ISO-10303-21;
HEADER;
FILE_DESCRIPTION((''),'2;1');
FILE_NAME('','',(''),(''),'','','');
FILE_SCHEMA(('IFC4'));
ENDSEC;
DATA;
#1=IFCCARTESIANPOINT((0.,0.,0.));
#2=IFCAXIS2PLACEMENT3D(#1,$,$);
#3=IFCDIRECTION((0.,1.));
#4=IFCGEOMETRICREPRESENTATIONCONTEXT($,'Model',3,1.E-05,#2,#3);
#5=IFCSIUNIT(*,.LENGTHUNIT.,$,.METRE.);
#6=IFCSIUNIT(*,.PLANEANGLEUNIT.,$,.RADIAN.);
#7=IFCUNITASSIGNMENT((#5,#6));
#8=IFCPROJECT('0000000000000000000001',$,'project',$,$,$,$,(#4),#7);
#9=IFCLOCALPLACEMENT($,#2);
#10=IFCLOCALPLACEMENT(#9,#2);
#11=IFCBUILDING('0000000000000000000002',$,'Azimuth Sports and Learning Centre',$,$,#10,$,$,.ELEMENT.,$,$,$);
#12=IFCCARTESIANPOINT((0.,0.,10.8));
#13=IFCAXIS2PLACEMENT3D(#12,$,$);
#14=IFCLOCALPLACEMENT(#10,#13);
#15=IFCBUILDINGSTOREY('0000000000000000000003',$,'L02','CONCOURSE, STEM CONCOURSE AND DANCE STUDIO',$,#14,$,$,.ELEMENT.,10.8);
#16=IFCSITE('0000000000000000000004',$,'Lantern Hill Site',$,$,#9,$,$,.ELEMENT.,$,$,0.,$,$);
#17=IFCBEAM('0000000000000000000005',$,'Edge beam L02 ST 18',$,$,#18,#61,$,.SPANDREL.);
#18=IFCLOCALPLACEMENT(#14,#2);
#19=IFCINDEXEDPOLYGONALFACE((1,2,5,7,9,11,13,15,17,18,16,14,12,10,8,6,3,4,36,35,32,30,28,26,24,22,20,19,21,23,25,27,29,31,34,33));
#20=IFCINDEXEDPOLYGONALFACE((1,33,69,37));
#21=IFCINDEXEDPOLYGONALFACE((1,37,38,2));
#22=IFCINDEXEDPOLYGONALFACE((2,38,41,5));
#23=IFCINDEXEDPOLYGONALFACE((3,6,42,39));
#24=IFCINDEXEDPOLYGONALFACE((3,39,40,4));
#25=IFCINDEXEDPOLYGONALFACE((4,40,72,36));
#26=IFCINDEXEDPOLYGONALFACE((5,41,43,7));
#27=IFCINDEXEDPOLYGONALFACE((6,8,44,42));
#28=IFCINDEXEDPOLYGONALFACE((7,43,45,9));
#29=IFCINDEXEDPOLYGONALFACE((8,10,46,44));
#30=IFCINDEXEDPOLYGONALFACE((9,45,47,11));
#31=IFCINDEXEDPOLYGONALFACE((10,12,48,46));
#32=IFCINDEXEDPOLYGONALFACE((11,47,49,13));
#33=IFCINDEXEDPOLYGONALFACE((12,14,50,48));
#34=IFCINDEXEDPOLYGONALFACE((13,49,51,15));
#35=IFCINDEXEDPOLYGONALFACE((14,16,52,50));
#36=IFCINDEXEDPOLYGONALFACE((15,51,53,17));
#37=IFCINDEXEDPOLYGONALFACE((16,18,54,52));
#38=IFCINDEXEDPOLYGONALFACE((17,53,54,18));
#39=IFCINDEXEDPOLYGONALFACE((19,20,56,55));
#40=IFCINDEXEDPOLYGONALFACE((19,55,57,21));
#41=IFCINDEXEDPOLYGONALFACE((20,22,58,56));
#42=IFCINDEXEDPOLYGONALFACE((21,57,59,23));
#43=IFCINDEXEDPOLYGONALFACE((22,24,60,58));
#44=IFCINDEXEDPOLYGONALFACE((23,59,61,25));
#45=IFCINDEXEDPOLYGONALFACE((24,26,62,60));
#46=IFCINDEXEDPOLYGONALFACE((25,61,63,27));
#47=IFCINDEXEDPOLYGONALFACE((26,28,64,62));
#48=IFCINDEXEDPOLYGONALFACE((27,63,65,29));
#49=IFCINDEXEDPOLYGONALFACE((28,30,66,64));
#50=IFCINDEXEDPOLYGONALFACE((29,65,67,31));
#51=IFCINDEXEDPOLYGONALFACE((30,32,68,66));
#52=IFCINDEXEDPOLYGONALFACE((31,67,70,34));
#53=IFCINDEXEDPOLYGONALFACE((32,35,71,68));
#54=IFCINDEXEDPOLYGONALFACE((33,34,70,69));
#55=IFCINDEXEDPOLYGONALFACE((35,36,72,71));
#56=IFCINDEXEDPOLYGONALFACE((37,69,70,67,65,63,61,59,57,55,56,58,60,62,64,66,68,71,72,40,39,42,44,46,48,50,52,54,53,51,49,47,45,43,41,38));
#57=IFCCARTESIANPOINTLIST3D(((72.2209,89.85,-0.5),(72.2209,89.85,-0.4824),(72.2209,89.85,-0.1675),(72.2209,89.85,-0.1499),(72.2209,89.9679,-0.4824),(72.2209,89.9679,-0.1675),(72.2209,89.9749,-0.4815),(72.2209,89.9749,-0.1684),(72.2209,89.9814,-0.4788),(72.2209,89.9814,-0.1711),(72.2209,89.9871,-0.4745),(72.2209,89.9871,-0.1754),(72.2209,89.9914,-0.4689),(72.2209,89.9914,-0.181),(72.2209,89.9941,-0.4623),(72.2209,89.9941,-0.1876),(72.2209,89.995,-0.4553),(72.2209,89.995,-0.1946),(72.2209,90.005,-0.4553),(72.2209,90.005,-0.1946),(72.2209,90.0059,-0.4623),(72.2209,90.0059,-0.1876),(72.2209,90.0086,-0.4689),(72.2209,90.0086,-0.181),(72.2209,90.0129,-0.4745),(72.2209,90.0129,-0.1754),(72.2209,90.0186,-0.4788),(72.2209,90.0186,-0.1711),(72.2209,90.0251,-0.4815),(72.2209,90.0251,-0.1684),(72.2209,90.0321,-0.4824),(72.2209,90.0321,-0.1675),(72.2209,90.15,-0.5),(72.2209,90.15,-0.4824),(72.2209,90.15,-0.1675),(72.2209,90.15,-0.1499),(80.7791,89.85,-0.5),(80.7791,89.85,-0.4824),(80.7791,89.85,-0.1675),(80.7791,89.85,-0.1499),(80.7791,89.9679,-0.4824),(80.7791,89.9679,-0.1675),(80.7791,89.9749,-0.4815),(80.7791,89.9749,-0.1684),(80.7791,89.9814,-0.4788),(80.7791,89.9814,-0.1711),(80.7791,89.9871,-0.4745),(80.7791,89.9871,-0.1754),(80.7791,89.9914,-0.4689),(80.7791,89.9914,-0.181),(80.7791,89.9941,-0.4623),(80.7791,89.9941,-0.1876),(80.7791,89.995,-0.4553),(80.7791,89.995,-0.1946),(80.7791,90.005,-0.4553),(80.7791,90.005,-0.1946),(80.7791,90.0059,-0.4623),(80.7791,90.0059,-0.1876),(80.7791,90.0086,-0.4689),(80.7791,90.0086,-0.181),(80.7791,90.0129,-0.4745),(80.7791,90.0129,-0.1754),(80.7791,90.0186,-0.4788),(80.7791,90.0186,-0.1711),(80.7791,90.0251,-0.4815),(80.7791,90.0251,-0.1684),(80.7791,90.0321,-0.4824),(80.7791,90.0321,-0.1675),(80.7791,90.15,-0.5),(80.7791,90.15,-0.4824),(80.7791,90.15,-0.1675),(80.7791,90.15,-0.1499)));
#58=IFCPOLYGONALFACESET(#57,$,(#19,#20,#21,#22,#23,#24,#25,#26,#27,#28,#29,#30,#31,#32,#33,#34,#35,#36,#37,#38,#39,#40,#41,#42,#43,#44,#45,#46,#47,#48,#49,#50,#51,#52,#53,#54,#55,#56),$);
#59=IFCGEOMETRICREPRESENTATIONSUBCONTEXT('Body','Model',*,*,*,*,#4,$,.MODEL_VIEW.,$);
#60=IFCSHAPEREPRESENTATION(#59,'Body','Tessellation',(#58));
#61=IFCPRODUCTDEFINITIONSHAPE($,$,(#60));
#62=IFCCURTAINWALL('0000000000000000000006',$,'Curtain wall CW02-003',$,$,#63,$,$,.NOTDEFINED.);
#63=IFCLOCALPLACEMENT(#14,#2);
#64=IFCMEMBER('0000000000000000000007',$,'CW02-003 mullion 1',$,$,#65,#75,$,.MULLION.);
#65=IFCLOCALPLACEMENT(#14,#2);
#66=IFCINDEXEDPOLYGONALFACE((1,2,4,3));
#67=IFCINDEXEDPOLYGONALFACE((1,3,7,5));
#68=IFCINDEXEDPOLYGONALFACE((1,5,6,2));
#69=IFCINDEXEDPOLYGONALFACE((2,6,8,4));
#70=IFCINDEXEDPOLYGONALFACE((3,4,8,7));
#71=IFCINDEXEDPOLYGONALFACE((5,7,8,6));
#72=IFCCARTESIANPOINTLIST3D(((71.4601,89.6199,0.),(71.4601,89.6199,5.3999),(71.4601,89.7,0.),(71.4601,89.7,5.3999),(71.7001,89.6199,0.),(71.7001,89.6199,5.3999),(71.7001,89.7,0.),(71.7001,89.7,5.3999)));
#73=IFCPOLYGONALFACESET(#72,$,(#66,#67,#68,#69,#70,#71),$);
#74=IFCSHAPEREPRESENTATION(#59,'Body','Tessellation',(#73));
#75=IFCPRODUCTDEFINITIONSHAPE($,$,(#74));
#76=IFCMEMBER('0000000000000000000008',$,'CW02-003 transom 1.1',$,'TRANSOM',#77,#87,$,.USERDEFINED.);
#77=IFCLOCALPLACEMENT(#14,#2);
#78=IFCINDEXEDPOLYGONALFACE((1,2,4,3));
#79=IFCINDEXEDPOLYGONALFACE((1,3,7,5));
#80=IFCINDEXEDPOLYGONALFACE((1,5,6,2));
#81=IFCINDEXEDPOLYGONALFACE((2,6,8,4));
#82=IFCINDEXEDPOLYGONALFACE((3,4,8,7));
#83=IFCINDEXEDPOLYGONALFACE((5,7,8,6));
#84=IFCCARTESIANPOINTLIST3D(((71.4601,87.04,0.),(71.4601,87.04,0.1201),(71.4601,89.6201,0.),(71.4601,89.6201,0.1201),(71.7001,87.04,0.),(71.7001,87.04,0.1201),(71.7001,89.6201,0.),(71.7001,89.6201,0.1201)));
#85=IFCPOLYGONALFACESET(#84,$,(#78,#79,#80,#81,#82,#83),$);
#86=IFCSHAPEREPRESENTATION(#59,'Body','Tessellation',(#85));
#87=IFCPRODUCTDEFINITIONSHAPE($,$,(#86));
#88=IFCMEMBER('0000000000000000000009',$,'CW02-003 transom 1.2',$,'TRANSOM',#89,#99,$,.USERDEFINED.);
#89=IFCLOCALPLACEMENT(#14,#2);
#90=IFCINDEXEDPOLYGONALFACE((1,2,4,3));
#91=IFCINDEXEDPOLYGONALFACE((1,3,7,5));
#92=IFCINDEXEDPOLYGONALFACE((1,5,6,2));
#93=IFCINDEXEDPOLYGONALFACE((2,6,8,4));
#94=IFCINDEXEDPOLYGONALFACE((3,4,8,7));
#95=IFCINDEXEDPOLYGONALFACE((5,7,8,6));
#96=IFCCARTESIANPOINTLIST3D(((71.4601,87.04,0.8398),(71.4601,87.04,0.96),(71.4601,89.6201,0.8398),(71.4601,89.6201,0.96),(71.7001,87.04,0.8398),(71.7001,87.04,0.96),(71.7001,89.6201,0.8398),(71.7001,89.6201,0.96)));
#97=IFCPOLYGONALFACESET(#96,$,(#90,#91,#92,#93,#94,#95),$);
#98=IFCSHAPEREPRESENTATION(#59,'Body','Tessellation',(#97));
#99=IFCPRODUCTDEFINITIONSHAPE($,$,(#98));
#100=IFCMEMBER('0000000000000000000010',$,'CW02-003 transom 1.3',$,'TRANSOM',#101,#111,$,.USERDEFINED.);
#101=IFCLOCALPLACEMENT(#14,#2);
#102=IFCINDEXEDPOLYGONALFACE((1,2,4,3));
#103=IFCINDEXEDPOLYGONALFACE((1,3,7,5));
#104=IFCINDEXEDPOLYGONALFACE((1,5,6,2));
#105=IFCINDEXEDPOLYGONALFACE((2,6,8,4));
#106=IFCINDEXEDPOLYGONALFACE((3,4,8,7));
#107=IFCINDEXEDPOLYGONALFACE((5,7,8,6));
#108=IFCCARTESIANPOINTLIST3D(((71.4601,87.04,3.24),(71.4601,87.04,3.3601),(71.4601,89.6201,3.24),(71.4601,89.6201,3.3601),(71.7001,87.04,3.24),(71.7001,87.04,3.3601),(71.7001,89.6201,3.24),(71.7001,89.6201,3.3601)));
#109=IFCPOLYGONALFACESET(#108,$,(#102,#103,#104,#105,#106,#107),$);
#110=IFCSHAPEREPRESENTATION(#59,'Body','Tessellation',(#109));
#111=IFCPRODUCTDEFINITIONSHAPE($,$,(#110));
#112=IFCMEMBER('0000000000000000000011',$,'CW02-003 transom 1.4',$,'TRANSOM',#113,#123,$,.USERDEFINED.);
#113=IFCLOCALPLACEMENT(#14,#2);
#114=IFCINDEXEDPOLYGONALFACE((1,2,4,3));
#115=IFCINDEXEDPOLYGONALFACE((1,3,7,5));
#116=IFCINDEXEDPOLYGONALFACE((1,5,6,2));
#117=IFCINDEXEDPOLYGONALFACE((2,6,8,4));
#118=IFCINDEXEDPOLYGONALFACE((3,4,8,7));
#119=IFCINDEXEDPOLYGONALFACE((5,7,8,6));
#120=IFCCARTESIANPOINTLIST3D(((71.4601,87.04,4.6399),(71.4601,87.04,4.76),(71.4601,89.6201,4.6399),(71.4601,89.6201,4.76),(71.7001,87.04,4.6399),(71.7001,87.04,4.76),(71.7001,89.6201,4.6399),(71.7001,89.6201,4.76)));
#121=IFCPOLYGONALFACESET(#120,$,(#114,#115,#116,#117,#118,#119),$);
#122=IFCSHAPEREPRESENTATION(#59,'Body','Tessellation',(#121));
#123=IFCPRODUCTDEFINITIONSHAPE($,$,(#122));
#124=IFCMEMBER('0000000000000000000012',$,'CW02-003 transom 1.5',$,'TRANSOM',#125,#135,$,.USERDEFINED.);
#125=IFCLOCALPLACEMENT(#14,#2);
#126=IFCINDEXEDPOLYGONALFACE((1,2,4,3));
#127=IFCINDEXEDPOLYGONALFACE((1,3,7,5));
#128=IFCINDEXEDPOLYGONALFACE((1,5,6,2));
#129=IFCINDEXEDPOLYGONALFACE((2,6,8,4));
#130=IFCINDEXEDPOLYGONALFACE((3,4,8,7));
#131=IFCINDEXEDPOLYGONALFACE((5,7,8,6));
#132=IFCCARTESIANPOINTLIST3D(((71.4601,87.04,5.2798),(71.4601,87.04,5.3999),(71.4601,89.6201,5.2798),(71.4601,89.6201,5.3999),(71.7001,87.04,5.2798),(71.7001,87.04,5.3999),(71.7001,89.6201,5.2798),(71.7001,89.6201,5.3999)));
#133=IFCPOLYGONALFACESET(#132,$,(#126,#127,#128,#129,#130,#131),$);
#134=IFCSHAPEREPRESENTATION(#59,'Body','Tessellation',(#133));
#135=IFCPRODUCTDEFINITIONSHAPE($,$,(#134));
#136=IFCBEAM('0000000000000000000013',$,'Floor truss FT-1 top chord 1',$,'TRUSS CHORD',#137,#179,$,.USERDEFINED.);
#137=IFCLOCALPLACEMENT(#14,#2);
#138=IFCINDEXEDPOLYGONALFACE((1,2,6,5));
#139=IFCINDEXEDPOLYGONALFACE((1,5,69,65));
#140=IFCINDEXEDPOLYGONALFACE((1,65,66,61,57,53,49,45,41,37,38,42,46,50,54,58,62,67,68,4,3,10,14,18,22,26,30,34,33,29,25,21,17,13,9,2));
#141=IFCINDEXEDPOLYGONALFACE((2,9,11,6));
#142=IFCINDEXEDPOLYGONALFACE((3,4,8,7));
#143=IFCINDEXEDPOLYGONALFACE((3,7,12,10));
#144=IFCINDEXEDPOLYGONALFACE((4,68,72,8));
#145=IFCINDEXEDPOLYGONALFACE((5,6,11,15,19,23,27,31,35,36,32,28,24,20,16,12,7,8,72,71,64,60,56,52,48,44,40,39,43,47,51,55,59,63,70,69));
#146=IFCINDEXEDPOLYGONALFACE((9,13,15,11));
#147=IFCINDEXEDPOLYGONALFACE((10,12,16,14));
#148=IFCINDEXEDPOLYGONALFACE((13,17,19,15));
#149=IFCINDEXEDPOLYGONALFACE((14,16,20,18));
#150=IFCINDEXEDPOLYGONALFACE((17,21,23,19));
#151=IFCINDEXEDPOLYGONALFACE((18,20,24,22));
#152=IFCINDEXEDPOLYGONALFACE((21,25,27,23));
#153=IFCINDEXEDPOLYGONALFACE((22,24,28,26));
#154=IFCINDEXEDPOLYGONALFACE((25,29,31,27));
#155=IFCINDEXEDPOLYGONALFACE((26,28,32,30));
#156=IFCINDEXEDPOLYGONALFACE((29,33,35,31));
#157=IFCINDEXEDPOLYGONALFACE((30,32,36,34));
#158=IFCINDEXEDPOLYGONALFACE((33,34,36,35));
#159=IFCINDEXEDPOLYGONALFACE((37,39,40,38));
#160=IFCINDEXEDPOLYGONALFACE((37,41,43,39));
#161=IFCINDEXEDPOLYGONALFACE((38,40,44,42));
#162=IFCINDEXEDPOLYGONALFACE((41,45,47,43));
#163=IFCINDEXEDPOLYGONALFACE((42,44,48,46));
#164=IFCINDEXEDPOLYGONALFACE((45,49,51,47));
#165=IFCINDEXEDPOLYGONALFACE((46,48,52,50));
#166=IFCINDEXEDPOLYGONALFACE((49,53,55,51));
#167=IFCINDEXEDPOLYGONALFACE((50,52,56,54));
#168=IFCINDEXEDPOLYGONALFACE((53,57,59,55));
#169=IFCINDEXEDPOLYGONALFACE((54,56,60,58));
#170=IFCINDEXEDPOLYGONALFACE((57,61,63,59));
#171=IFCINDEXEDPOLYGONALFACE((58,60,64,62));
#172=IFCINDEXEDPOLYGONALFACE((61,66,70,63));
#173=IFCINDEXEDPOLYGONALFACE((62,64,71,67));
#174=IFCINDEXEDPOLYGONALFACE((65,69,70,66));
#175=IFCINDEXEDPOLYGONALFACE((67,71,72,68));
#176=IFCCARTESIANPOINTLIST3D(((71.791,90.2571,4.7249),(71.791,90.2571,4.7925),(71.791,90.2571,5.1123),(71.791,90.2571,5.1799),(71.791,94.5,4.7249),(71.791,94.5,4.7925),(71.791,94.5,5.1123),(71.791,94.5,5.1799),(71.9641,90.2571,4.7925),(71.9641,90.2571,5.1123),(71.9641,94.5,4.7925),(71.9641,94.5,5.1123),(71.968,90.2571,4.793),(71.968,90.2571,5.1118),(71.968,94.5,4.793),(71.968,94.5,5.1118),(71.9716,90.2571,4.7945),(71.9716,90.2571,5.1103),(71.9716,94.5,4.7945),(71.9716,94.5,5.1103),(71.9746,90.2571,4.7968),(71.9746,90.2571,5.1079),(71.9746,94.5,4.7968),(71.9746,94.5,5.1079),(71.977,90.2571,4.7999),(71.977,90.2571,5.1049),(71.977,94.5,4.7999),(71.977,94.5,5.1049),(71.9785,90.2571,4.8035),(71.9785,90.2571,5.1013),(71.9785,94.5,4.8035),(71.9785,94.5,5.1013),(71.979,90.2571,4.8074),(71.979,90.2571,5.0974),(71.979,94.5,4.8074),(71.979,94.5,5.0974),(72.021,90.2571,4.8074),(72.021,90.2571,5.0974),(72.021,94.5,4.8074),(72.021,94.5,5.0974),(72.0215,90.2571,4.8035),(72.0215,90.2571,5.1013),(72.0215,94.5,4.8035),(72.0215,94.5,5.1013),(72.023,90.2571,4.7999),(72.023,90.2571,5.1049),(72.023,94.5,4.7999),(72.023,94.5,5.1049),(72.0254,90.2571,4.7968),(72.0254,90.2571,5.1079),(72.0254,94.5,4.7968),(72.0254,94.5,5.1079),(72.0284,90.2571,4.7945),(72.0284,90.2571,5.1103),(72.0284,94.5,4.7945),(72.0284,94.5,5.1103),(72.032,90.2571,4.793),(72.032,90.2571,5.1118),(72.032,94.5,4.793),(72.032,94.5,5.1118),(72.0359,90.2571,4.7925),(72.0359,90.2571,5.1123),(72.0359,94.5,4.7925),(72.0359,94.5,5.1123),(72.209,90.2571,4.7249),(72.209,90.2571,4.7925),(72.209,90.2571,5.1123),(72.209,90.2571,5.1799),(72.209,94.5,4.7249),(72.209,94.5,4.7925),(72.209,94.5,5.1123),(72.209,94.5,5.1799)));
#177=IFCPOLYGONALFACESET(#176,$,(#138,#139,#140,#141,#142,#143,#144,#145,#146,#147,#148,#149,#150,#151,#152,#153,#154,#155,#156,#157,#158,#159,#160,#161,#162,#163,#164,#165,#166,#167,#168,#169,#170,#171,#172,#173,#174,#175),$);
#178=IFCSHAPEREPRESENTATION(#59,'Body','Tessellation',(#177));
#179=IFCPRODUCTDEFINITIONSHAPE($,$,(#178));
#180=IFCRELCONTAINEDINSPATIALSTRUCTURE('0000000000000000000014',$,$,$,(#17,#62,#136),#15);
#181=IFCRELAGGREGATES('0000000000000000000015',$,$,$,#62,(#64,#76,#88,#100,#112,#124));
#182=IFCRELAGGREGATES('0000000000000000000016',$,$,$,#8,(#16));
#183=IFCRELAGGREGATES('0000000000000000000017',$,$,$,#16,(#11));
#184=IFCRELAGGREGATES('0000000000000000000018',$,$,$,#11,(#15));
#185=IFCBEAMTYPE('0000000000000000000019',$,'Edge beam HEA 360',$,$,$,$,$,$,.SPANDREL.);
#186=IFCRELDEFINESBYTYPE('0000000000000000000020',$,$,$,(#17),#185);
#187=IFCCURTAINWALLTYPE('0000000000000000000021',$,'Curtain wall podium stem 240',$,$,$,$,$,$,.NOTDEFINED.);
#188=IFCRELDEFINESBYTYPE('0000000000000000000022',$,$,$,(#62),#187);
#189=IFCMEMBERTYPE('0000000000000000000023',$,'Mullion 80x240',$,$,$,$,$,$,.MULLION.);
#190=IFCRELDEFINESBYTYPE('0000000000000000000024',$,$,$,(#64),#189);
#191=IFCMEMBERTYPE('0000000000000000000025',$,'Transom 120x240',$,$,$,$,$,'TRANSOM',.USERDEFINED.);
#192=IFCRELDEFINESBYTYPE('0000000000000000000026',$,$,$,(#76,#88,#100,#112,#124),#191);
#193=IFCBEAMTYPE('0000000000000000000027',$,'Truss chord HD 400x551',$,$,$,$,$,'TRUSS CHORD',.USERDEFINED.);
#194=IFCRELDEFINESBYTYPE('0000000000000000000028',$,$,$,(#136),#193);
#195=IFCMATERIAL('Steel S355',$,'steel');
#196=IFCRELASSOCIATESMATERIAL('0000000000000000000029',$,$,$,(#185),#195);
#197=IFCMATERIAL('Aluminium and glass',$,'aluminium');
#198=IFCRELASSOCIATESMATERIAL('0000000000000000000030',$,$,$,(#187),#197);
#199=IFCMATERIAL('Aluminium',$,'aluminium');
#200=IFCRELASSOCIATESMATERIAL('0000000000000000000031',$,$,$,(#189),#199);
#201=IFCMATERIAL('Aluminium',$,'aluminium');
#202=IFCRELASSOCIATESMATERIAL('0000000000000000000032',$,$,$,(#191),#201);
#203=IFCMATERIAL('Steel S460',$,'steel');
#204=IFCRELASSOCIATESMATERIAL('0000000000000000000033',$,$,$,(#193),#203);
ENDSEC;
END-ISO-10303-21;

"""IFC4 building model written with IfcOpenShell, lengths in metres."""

from ifc_helpers import new_model, si_unit, direction, frame, origin, origin_2d, place, context, subcontext, project, spatial, rectangle, i_section, extrude, material, material_profile, profile_set, type_object, element, aggregate, save


model = new_model("IFC4")

# Units and contexts
model_context = context("Model", 3, precision=1e-05, world=origin(), true_north=direction((0.0, 1.0)))
body_context = subcontext(model_context, "Body", "Model", "MODEL_VIEW")
ifc_project = project(units=[si_unit("LENGTHUNIT", "METRE"), si_unit("PLANEANGLEUNIT", "RADIAN")], contexts=[model_context])

# Site, building, storey
site_placement = place(None, origin())
site = spatial("IfcSite", under=ifc_project, at=site_placement, Name="Lantern Hill Site", CompositionType="ELEMENT", RefElevation=0.0)
building_placement = place(site_placement, origin())
building = spatial("IfcBuilding", under=site, at=building_placement, Name="Azimuth Sports and Learning Centre", CompositionType="ELEMENT")
storey_placement = place(building_placement, frame((0.0, 0.0, 10.8)))
storey = spatial("IfcBuildingStorey", under=building, at=storey_placement, Name="L02", Description="CONCOURSE, STEM CONCOURSE AND DANCE STUDIO", CompositionType="ELEMENT", Elevation=10.8)

# Beam
ifc_material_1 = material(Name="Steel S355", Category="steel")
ifc_material_profile_1 = material_profile(ifc_material_1, i_section(OverallWidth=0.3, OverallDepth=0.3501, WebThickness=0.01, FlangeThickness=0.0176, FilletRadius=0.0271, at=origin_2d()), Name="HEA 360")
ifc_profile_set_1 = profile_set([ifc_material_profile_1], Name="Steel S355")
beam_type_1 = type_object("IfcBeamType", Name="Edge beam HEA 360", PredefinedType="SPANDREL", material=ifc_profile_set_1)
beam_1_placement = place(storey_placement, frame((72.2209, 90.0, -0.325), z_axis=(1.0, 0.0, 0.0), x_axis=(0.0, 1.0, 0.0)))
element("IfcBeam", 1, at=beam_1_placement, inside=storey, type_object=beam_type_1, Name="Edge beam L02 ST 18", PredefinedType="SPANDREL", context=body_context, shape_type="SweptSolid", body=[
    extrude(i_section(OverallWidth=0.3, OverallDepth=0.3501, WebThickness=0.01, FlangeThickness=0.0176, FilletRadius=0.0271, at=origin_2d()), origin(), (0.0, 0.0, 1.0), 8.5581),
])

# Curtain wall, members
ifc_material_2 = material(Name="Aluminium and glass", Category="aluminium")
curtain_wall_type = type_object("IfcCurtainWallType", Name="Curtain wall podium stem 240", PredefinedType="NOTDEFINED", material=ifc_material_2)
curtain_wall_placement = place(storey_placement, origin())
curtain_wall = element("IfcCurtainWall", 2, at=curtain_wall_placement, inside=storey, type_object=curtain_wall_type, Name="Curtain wall CW02-003", PredefinedType="NOTDEFINED")
ifc_material_3 = material(Name="Aluminium", Category="aluminium")
ifc_material_profile_2 = material_profile(ifc_material_3, rectangle(XDim=0.24, YDim=0.0801, at=origin_2d()), Name="Mullion 80x240")
ifc_profile_set_2 = profile_set([ifc_material_profile_2], Name="Aluminium")
member_type_1 = type_object("IfcMemberType", Name="Mullion 80x240", PredefinedType="MULLION", material=ifc_profile_set_2)
member_1_placement = place(storey_placement, frame((71.5801, 89.6599, 0.0), z_axis=(0.0, 0.0, 1.0), x_axis=(1.0, 0.0, 0.0)))
member_1 = element("IfcMember", 3, at=member_1_placement, type_object=member_type_1, Name="CW02-003 mullion 1", PredefinedType="MULLION", context=body_context, shape_type="SweptSolid", body=[
    extrude(rectangle(XDim=0.24, YDim=0.0801, at=origin_2d()), origin(), (0.0, 0.0, 1.0), 5.3999),
])
ifc_material_4 = material(Name="Aluminium", Category="aluminium")
ifc_material_profile_3 = material_profile(ifc_material_4, rectangle(XDim=0.24, YDim=0.1201, at=origin_2d()), Name="Transom 120x240")
ifc_profile_set_3 = profile_set([ifc_material_profile_3], Name="Aluminium")
member_type_2 = type_object("IfcMemberType", Name="Transom 120x240", ElementType="TRANSOM", PredefinedType="USERDEFINED", material=ifc_profile_set_3)
member_2_placement = place(storey_placement, frame((71.5801, 89.6201, 0.0601), z_axis=(0.0, -1.0, 0.0), x_axis=(1.0, 0.0, 0.0)))
member_2 = element("IfcMember", 4, at=member_2_placement, type_object=member_type_2, Name="CW02-003 transom 1.1", ObjectType="TRANSOM", PredefinedType="USERDEFINED", context=body_context, shape_type="SweptSolid", body=[
    extrude(rectangle(XDim=0.24, YDim=0.1201, at=origin_2d()), origin(), (0.0, 0.0, 1.0), 2.5801),
])
member_3_placement = place(storey_placement, frame((71.5801, 89.6201, 0.8999), z_axis=(0.0, -1.0, 0.0), x_axis=(1.0, 0.0, 0.0)))
member_3 = element("IfcMember", 5, at=member_3_placement, type_object=member_type_2, Name="CW02-003 transom 1.2", ObjectType="TRANSOM", PredefinedType="USERDEFINED", context=body_context, shape_type="SweptSolid", body=[
    extrude(rectangle(XDim=0.24, YDim=0.1201, at=origin_2d()), origin(), (0.0, 0.0, 1.0), 2.5801),
])
member_4_placement = place(storey_placement, frame((71.5801, 89.6201, 3.3), z_axis=(0.0, -1.0, 0.0), x_axis=(1.0, 0.0, 0.0)))
member_4 = element("IfcMember", 6, at=member_4_placement, type_object=member_type_2, Name="CW02-003 transom 1.3", ObjectType="TRANSOM", PredefinedType="USERDEFINED", context=body_context, shape_type="SweptSolid", body=[
    extrude(rectangle(XDim=0.24, YDim=0.1201, at=origin_2d()), origin(), (0.0, 0.0, 1.0), 2.5801),
])
member_5_placement = place(storey_placement, frame((71.5801, 89.6201, 4.7), z_axis=(0.0, -1.0, 0.0), x_axis=(1.0, 0.0, 0.0)))
member_5 = element("IfcMember", 7, at=member_5_placement, type_object=member_type_2, Name="CW02-003 transom 1.4", ObjectType="TRANSOM", PredefinedType="USERDEFINED", context=body_context, shape_type="SweptSolid", body=[
    extrude(rectangle(XDim=0.24, YDim=0.1201, at=origin_2d()), origin(), (0.0, 0.0, 1.0), 2.5801),
])
member_6_placement = place(storey_placement, frame((71.5801, 89.6201, 5.3398), z_axis=(0.0, -1.0, 0.0), x_axis=(1.0, 0.0, 0.0)))
member_6 = element("IfcMember", 8, at=member_6_placement, type_object=member_type_2, Name="CW02-003 transom 1.5", ObjectType="TRANSOM", PredefinedType="USERDEFINED", context=body_context, shape_type="SweptSolid", body=[
    extrude(rectangle(XDim=0.24, YDim=0.1201, at=origin_2d()), origin(), (0.0, 0.0, 1.0), 2.5801),
])
aggregate(curtain_wall, [member_1, member_2, member_3, member_4, member_5, member_6])

# Beam
ifc_material_5 = material(Name="Steel S460", Category="steel")
ifc_material_profile_4 = material_profile(ifc_material_5, i_section(OverallWidth=0.418, OverallDepth=0.4551, WebThickness=0.042, FlangeThickness=0.0676, FilletRadius=0.0149, at=origin_2d()), Name="HD 400x551")
ifc_profile_set_4 = profile_set([ifc_material_profile_4], Name="Steel S460")
beam_type_2 = type_object("IfcBeamType", Name="Truss chord HD 400x551", ElementType="TRUSS CHORD", PredefinedType="USERDEFINED", material=ifc_profile_set_4)
for number, where, z_axis, x_axis, name in (
    (9, (72.0, 90.2571, 4.9524), (0.0, 1.0, 0.0), (-1.0, 0.0, 0.0), "Floor truss FT-1 top chord 1"),
):
    element("IfcBeam", number, at=place(storey_placement, frame(where, z_axis=z_axis, x_axis=x_axis)), inside=storey, type_object=beam_type_2, Name=name, ObjectType="TRUSS CHORD", PredefinedType="USERDEFINED", context=body_context, shape_type="SweptSolid", body=[
        extrude(i_section(OverallWidth=0.418, OverallDepth=0.4551, WebThickness=0.042, FlangeThickness=0.0676, FilletRadius=0.0149, at=origin_2d()), origin(), (0.0, 0.0, 1.0), 4.2429),
    ])

save(model, "model.ifc")
